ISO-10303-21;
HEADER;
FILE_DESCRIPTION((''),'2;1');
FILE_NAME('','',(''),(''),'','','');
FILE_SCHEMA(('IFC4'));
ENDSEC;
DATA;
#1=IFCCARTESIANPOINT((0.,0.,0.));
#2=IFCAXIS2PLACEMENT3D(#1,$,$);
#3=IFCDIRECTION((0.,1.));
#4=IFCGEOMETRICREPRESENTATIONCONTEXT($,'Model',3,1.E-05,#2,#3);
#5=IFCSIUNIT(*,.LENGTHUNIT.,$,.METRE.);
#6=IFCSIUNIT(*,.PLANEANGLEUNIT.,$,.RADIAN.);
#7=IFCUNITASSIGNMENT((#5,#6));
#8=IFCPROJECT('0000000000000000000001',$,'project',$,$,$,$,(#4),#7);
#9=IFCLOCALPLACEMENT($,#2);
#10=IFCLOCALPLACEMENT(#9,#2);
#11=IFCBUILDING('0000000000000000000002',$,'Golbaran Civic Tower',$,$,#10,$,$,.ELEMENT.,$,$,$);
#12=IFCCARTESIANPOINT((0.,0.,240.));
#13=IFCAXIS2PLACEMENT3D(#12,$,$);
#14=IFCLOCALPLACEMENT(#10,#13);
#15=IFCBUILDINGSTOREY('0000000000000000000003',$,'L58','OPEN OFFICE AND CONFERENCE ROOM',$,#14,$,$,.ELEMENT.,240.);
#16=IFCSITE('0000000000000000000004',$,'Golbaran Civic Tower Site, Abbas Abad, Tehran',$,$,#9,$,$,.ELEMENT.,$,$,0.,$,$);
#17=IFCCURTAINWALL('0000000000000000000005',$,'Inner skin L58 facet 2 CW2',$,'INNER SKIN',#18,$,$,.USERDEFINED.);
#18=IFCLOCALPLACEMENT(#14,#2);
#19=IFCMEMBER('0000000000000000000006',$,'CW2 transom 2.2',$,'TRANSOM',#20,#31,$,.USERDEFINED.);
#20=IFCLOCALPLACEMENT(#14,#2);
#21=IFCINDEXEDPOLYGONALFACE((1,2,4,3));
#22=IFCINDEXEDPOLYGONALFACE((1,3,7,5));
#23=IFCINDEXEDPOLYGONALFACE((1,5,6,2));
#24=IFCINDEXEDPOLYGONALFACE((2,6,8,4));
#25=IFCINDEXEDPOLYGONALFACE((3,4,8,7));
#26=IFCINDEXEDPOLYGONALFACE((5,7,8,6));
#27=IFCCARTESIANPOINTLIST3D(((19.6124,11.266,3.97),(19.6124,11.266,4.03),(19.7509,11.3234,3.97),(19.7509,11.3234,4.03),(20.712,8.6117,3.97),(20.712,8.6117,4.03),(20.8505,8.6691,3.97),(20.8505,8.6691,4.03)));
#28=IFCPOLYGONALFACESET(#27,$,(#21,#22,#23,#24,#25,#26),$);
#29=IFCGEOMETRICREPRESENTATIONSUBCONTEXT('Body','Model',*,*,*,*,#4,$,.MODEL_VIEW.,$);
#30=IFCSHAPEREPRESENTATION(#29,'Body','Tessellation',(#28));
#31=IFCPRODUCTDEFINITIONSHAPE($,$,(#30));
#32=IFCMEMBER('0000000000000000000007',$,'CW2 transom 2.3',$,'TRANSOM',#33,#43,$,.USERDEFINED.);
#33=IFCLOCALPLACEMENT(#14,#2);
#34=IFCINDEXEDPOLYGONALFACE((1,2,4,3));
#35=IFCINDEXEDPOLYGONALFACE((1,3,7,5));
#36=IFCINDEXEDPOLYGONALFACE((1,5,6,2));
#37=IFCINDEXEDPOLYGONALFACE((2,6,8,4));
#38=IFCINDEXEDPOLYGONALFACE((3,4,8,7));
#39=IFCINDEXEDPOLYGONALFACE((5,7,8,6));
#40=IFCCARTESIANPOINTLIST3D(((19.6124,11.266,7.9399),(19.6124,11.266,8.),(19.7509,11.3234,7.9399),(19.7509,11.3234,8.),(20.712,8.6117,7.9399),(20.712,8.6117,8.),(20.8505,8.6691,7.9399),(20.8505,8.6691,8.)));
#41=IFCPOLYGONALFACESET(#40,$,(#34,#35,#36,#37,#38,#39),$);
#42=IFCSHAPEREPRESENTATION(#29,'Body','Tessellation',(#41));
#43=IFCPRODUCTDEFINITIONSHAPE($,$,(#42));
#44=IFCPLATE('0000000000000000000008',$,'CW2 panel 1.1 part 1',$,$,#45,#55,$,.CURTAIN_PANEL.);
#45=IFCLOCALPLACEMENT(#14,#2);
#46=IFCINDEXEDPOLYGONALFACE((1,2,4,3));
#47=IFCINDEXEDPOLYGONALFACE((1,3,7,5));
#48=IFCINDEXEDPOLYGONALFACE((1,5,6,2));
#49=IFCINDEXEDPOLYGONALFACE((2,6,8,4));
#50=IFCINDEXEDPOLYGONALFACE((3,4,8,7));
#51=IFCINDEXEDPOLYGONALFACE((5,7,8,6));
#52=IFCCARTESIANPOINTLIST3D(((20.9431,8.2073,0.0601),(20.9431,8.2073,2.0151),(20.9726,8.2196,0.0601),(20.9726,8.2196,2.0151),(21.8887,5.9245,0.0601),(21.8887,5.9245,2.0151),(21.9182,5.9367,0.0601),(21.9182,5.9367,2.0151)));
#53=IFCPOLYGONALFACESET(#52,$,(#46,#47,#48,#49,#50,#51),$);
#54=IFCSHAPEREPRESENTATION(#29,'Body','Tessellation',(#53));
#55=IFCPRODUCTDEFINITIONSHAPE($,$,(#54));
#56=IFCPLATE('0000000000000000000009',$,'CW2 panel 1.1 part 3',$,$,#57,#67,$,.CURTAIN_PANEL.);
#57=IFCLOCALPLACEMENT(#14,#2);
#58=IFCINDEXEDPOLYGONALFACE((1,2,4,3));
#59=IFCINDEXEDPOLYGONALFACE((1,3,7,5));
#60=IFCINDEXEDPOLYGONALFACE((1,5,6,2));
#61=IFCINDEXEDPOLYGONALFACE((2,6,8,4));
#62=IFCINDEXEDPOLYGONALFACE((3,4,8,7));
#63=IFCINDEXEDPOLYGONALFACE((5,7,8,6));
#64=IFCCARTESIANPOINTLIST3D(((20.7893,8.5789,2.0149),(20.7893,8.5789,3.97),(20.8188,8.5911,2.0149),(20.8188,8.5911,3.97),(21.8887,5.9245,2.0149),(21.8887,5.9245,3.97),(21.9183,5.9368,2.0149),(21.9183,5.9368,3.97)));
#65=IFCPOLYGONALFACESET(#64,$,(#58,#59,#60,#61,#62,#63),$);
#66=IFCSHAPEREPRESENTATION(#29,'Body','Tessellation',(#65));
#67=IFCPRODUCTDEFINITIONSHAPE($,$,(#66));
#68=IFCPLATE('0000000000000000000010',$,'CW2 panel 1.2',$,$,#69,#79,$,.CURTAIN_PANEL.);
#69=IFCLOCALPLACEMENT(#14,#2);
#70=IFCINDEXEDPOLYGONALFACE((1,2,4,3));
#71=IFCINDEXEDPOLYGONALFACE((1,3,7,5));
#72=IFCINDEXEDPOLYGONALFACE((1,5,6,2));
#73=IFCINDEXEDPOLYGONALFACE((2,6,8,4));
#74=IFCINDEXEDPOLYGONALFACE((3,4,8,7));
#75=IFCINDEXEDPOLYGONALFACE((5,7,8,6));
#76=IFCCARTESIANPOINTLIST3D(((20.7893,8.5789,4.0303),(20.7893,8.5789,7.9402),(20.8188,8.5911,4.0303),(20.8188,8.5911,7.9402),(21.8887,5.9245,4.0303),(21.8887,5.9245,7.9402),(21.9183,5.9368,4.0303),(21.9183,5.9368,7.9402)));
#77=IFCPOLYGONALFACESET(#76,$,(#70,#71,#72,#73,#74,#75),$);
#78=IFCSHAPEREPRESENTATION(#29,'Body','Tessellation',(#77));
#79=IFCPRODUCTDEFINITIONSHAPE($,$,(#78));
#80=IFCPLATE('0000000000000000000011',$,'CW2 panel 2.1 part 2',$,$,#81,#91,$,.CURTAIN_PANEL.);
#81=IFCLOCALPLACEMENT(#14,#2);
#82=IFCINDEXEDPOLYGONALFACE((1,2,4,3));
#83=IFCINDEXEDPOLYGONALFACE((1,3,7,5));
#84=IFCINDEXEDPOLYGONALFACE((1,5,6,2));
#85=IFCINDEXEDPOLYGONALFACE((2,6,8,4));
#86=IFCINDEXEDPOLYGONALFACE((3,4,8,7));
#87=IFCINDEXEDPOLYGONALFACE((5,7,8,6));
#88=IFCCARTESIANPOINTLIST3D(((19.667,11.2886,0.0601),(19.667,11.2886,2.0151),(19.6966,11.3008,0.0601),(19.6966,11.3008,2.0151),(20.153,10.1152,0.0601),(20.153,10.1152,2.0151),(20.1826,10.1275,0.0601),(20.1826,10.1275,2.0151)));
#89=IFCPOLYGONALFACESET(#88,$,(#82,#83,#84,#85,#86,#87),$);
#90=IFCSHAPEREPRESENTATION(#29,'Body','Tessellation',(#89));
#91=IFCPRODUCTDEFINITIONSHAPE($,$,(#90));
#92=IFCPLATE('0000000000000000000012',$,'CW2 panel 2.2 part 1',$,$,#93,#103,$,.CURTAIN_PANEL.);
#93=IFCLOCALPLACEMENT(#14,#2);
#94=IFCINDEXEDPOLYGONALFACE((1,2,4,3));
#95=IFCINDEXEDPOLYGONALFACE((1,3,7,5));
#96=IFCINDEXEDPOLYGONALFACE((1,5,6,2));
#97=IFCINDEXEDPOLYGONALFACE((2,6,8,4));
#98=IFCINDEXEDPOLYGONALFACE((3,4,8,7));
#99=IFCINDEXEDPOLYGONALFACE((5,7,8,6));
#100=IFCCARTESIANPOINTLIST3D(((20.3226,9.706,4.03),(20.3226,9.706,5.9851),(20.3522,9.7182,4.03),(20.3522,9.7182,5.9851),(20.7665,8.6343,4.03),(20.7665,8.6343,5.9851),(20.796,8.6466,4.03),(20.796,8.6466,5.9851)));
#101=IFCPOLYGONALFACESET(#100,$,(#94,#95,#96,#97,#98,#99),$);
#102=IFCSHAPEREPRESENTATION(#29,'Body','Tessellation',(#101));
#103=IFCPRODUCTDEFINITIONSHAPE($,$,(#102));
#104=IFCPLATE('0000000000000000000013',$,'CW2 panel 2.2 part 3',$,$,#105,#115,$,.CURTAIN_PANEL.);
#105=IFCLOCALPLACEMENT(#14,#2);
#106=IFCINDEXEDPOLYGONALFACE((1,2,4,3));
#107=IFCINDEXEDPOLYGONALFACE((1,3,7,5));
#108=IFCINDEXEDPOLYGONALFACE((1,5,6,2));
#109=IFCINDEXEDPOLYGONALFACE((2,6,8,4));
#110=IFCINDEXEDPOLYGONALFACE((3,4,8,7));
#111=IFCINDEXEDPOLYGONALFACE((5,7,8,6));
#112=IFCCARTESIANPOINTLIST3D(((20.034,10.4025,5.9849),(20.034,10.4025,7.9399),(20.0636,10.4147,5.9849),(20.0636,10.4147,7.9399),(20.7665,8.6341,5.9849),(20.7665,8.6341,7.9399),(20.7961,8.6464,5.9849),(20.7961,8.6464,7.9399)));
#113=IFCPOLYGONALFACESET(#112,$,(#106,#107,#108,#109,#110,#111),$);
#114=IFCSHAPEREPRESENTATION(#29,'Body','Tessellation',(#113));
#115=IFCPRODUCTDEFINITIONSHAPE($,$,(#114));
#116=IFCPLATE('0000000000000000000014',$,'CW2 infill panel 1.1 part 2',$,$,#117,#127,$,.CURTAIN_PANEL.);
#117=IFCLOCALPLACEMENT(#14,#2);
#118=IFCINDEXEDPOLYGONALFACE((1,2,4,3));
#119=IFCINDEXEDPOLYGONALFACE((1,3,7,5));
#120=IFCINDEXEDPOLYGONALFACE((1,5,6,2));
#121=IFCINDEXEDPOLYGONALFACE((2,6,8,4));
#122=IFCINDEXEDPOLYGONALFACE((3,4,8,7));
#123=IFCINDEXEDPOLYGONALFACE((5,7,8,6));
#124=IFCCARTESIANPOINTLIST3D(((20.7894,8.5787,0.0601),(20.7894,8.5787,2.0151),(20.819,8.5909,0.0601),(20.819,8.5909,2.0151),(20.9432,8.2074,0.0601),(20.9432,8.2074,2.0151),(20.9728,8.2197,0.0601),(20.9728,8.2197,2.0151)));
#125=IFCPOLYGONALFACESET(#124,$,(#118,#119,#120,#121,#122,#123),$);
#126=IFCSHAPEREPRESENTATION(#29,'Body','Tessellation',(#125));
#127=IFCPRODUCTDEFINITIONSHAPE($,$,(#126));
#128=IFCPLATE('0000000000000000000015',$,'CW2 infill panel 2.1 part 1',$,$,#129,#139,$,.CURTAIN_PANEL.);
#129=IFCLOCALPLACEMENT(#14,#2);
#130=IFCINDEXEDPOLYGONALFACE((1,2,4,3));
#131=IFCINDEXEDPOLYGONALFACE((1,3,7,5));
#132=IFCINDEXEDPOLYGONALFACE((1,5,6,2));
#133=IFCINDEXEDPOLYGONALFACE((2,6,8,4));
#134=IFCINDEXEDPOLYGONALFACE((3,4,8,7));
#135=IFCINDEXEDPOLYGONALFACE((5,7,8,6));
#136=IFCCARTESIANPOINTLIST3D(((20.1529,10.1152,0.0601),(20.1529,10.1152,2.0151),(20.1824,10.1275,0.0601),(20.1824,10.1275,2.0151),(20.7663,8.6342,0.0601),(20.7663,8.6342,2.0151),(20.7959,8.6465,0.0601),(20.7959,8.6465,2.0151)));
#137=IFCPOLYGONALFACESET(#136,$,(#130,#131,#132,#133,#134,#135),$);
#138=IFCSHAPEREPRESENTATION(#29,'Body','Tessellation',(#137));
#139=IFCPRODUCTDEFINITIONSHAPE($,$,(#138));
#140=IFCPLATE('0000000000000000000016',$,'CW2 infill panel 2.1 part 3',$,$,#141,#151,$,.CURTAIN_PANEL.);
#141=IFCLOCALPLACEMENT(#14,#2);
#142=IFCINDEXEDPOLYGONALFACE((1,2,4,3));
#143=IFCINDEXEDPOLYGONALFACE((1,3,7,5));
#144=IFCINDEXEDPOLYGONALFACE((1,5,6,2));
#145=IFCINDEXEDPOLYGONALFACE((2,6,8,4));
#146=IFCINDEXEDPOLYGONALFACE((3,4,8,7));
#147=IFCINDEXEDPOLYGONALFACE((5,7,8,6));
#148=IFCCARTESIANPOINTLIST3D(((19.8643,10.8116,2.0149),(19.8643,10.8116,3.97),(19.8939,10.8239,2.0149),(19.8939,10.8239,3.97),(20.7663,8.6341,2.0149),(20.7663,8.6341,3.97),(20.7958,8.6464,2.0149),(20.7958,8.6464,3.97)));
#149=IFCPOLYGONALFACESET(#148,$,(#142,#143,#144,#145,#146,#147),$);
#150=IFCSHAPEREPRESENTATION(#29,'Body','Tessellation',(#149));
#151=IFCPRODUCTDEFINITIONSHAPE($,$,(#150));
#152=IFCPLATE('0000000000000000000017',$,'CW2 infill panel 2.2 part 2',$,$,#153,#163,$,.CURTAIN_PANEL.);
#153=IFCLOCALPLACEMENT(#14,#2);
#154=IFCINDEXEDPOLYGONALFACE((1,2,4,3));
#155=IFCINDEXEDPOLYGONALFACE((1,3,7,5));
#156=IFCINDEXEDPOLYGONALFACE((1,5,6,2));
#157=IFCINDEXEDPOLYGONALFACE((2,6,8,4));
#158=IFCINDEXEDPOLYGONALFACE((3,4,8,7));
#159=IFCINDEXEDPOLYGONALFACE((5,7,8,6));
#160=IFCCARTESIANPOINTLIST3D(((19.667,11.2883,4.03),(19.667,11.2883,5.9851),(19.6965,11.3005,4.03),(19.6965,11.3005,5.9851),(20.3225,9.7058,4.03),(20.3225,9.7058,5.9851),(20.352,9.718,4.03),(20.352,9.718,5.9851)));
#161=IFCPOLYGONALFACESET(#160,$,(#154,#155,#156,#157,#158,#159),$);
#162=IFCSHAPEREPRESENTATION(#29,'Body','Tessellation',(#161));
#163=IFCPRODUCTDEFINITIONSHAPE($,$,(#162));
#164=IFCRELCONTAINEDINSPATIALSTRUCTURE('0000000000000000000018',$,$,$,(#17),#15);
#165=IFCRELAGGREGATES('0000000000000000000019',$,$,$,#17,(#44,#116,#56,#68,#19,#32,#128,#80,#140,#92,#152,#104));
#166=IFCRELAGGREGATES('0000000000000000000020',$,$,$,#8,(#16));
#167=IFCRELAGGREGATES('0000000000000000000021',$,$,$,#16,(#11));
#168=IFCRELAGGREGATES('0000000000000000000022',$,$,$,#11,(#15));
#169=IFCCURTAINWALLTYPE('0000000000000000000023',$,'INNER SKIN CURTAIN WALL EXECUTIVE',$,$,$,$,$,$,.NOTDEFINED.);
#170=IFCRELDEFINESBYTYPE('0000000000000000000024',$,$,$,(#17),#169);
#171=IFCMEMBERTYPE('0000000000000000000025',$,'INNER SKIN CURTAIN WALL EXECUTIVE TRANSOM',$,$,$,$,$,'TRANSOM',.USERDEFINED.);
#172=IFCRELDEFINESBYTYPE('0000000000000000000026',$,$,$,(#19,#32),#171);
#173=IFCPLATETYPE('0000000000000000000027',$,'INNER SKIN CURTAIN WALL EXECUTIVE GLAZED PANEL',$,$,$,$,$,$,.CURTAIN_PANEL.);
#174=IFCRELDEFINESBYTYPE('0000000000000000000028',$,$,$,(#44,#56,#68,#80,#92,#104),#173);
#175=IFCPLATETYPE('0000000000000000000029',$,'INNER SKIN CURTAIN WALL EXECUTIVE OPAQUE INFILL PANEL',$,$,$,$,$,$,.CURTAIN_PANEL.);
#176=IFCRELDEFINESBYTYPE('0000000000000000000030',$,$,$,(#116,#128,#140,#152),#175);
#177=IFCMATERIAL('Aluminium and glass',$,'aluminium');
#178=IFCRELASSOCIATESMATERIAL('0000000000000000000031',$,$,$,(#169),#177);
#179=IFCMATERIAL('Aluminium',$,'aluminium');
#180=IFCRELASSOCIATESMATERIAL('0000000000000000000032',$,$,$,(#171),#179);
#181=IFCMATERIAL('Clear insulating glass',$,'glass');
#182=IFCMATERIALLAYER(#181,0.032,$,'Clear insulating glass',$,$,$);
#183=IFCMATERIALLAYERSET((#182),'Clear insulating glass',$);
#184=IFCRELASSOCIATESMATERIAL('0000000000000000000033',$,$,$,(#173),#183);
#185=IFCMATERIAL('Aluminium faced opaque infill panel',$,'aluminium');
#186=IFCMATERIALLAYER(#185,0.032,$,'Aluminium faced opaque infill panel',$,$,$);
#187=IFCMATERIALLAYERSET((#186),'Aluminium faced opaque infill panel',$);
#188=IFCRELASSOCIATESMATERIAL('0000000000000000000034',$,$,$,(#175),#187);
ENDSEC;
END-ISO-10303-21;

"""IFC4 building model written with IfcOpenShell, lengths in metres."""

from ifc_helpers import new_model, si_unit, direction, frame, origin, origin_2d, place, context, subcontext, project, spatial, rectangle, extrude, material, layer, layer_set, material_profile, profile_set, type_object, element, aggregate, save


model = new_model("IFC4")

# Units and contexts
model_context = context("Model", 3, precision=1e-05, world=origin(), true_north=direction((0.0, 1.0)))
body_context = subcontext(model_context, "Body", "Model", "MODEL_VIEW")
ifc_project = project(units=[si_unit("LENGTHUNIT", "METRE"), si_unit("PLANEANGLEUNIT", "RADIAN")], contexts=[model_context])

# Site, building, storey
site_placement = place(None, origin())
site = spatial("IfcSite", under=ifc_project, at=site_placement, Name="Golbaran Civic Tower Site, Abbas Abad, Tehran", CompositionType="ELEMENT", RefElevation=0.0)
building_placement = place(site_placement, origin())
building = spatial("IfcBuilding", under=site, at=building_placement, Name="Golbaran Civic Tower", CompositionType="ELEMENT")
storey_placement = place(building_placement, frame((0.0, 0.0, 240.0)))
storey = spatial("IfcBuildingStorey", under=building, at=storey_placement, Name="L58", Description="OPEN OFFICE AND CONFERENCE ROOM", CompositionType="ELEMENT", Elevation=240.0)

# Shared definitions
ifc_material_1 = material(Name="Aluminium and glass", Category="aluminium")
curtain_wall_type = type_object("IfcCurtainWallType", Name="INNER SKIN CURTAIN WALL EXECUTIVE", PredefinedType="NOTDEFINED", material=ifc_material_1)
ifc_material_2 = material(Name="Aluminium", Category="aluminium")

# Curtain wall, members, plates
curtain_wall_1_placement = place(storey_placement, origin())
curtain_wall_1 = element("IfcCurtainWall", 1, at=curtain_wall_1_placement, inside=storey, type_object=curtain_wall_type, Name="Inner skin L58 facet 2 CW2", ObjectType="INNER SKIN", PredefinedType="USERDEFINED")
ifc_material_profile_1 = material_profile(ifc_material_2, rectangle(XDim=0.1499, YDim=0.0601, at=origin_2d()), Name="INNER SKIN CURTAIN WALL EXECUTIVE TRANSOM")
ifc_profile_set_1 = profile_set([ifc_material_profile_1], Name="Aluminium")
member_type_1 = type_object("IfcMemberType", Name="INNER SKIN CURTAIN WALL EXECUTIVE TRANSOM", ElementType="TRANSOM", PredefinedType="USERDEFINED", material=ifc_profile_set_1)
member_1_placement = place(storey_placement, frame((20.7812, 8.6404, 4.0), z_axis=(-0.382732, 0.923859, 0.0), x_axis=(-0.923859, -0.382732, 0.0)))
member_1 = element("IfcMember", 2, at=member_1_placement, type_object=member_type_1, Name="CW2 transom 2.2", ObjectType="TRANSOM", PredefinedType="USERDEFINED", context=body_context, shape_type="SweptSolid", body=[
    extrude(rectangle(XDim=0.1499, YDim=0.0601, at=origin_2d()), origin(), (0.0, 0.0, 1.0), 2.873),
])
member_2_placement = place(storey_placement, frame((20.7812, 8.6404, 7.97), z_axis=(-0.382732, 0.923859, 0.0), x_axis=(-0.923859, -0.382732, 0.0)))
member_2 = element("IfcMember", 3, at=member_2_placement, type_object=member_type_1, Name="CW2 transom 2.3", ObjectType="TRANSOM", PredefinedType="USERDEFINED", context=body_context, shape_type="SweptSolid", body=[
    extrude(rectangle(XDim=0.1499, YDim=0.0601, at=origin_2d()), origin(), (0.0, 0.0, 1.0), 2.873),
])
ifc_material_3 = material(Name="Clear insulating glass", Category="glass")
ifc_layer_1 = layer(ifc_material_3, 0.032, Name="Clear insulating glass")
ifc_layer_set_1 = layer_set([ifc_layer_1], Name="Clear insulating glass")
plate_type_1 = type_object("IfcPlateType", Name="INNER SKIN CURTAIN WALL EXECUTIVE GLAZED PANEL", PredefinedType="CURTAIN_PANEL", material=ifc_layer_set_1)
plate_1_placement = place(storey_placement, frame((21.4307, 7.072, 0.0601), z_axis=(0.0, 0.0, 1.0), x_axis=(-0.382683, 0.92388, 0.0)))
plate_1 = element("IfcPlate", 4, at=plate_1_placement, type_object=plate_type_1, Name="CW2 panel 1.1 part 1", PredefinedType="CURTAIN_PANEL", context=body_context, shape_type="SweptSolid", body=[
    extrude(rectangle(XDim=2.4709, YDim=0.032, at=origin_2d()), origin(), (0.0, 0.0, 1.0), 1.9551),
])
plate_2_placement = place(storey_placement, frame((21.3538, 7.2578, 2.0149), z_axis=(0.0, 0.0, 1.0), x_axis=(-0.382683, 0.92388, 0.0)))
plate_2 = element("IfcPlate", 5, at=plate_2_placement, type_object=plate_type_1, Name="CW2 panel 1.1 part 3", PredefinedType="CURTAIN_PANEL", context=body_context, shape_type="SweptSolid", body=[
    extrude(rectangle(XDim=2.873, YDim=0.032, at=origin_2d()), origin(), (0.0, 0.0, 1.0), 1.9551),
])
plate_3_placement = place(storey_placement, frame((21.3538, 7.2578, 4.0303), z_axis=(0.0, 0.0, 1.0), x_axis=(-0.382683, 0.92388, 0.0)))
plate_3 = element("IfcPlate", 6, at=plate_3_placement, type_object=plate_type_1, Name="CW2 panel 1.2", PredefinedType="CURTAIN_PANEL", context=body_context, shape_type="SweptSolid", body=[
    extrude(rectangle(XDim=2.873, YDim=0.032, at=origin_2d()), origin(), (0.0, 0.0, 1.0), 3.9099),
])
plate_4_placement = place(storey_placement, frame((19.9248, 10.708, 0.0601), z_axis=(0.0, 0.0, 1.0), x_axis=(-0.382683, 0.92388, 0.0)))
plate_4 = element("IfcPlate", 7, at=plate_4_placement, type_object=plate_type_1, Name="CW2 panel 2.1 part 2", PredefinedType="CURTAIN_PANEL", context=body_context, shape_type="SweptSolid", body=[
    extrude(rectangle(XDim=1.27, YDim=0.032, at=origin_2d()), origin(), (0.0, 0.0, 1.0), 1.9551),
])
plate_5_placement = place(storey_placement, frame((20.5593, 9.1763, 4.03), z_axis=(0.0, 0.0, 1.0), x_axis=(-0.382683, 0.92388, 0.0)))
plate_5 = element("IfcPlate", 8, at=plate_5_placement, type_object=plate_type_1, Name="CW2 panel 2.2 part 1", PredefinedType="CURTAIN_PANEL", context=body_context, shape_type="SweptSolid", body=[
    extrude(rectangle(XDim=1.1599, YDim=0.032, at=origin_2d()), origin(), (0.0, 0.0, 1.0), 1.9551),
])
plate_6_placement = place(storey_placement, frame((20.415, 9.5244, 5.9849), z_axis=(0.0, 0.0, 1.0), x_axis=(-0.382683, 0.92388, 0.0)))
plate_6 = element("IfcPlate", 9, at=plate_6_placement, type_object=plate_type_1, Name="CW2 panel 2.2 part 3", PredefinedType="CURTAIN_PANEL", context=body_context, shape_type="SweptSolid", body=[
    extrude(rectangle(XDim=1.9141, YDim=0.032, at=origin_2d()), origin(), (0.0, 0.0, 1.0), 1.9551),
])
ifc_material_4 = material(Name="Aluminium faced opaque infill panel", Category="aluminium")
ifc_layer_2 = layer(ifc_material_4, 0.032, Name="Aluminium faced opaque infill panel")
ifc_layer_set_2 = layer_set([ifc_layer_2], Name="Aluminium faced opaque infill panel")
plate_type_2 = type_object("IfcPlateType", Name="INNER SKIN CURTAIN WALL EXECUTIVE OPAQUE INFILL PANEL", PredefinedType="CURTAIN_PANEL", material=ifc_layer_set_2)
plate_7_placement = place(storey_placement, frame((20.8811, 8.3992, 0.0601), z_axis=(0.0, 0.0, 1.0), x_axis=(-0.382683, 0.92388, 0.0)))
plate_7 = element("IfcPlate", 10, at=plate_7_placement, type_object=plate_type_2, Name="CW2 infill panel 1.1 part 2", PredefinedType="CURTAIN_PANEL", context=body_context, shape_type="SweptSolid", body=[
    extrude(rectangle(XDim=0.4019, YDim=0.032, at=origin_2d()), origin(), (0.0, 0.0, 1.0), 1.9551),
])
plate_8_placement = place(storey_placement, frame((20.4744, 9.3809, 0.0601), z_axis=(0.0, 0.0, 1.0), x_axis=(-0.382683, 0.92388, 0.0)))
plate_8 = element("IfcPlate", 11, at=plate_8_placement, type_object=plate_type_2, Name="CW2 infill panel 2.1 part 1", PredefinedType="CURTAIN_PANEL", context=body_context, shape_type="SweptSolid", body=[
    extrude(rectangle(XDim=1.603, YDim=0.032, at=origin_2d()), origin(), (0.0, 0.0, 1.0), 1.9551),
])
plate_9_placement = place(storey_placement, frame((20.3301, 9.729, 2.0149), z_axis=(0.0, 0.0, 1.0), x_axis=(-0.382683, 0.92388, 0.0)))
plate_9 = element("IfcPlate", 12, at=plate_9_placement, type_object=plate_type_2, Name="CW2 infill panel 2.1 part 3", PredefinedType="CURTAIN_PANEL", context=body_context, shape_type="SweptSolid", body=[
    extrude(rectangle(XDim=2.3569, YDim=0.032, at=origin_2d()), origin(), (0.0, 0.0, 1.0), 1.9551),
])
plate_10_placement = place(storey_placement, frame((20.0095, 10.5032, 4.03), z_axis=(0.0, 0.0, 1.0), x_axis=(-0.382683, 0.92388, 0.0)))
plate_10 = element("IfcPlate", 13, at=plate_10_placement, type_object=plate_type_2, Name="CW2 infill panel 2.2 part 2", PredefinedType="CURTAIN_PANEL", context=body_context, shape_type="SweptSolid", body=[
    extrude(rectangle(XDim=1.7129, YDim=0.032, at=origin_2d()), origin(), (0.0, 0.0, 1.0), 1.9551),
])
aggregate(curtain_wall_1, [plate_1, plate_7, plate_2, plate_3, member_1, member_2, plate_8, plate_4, plate_9, plate_5, plate_10, plate_6])

save(model, "model.ifc")
